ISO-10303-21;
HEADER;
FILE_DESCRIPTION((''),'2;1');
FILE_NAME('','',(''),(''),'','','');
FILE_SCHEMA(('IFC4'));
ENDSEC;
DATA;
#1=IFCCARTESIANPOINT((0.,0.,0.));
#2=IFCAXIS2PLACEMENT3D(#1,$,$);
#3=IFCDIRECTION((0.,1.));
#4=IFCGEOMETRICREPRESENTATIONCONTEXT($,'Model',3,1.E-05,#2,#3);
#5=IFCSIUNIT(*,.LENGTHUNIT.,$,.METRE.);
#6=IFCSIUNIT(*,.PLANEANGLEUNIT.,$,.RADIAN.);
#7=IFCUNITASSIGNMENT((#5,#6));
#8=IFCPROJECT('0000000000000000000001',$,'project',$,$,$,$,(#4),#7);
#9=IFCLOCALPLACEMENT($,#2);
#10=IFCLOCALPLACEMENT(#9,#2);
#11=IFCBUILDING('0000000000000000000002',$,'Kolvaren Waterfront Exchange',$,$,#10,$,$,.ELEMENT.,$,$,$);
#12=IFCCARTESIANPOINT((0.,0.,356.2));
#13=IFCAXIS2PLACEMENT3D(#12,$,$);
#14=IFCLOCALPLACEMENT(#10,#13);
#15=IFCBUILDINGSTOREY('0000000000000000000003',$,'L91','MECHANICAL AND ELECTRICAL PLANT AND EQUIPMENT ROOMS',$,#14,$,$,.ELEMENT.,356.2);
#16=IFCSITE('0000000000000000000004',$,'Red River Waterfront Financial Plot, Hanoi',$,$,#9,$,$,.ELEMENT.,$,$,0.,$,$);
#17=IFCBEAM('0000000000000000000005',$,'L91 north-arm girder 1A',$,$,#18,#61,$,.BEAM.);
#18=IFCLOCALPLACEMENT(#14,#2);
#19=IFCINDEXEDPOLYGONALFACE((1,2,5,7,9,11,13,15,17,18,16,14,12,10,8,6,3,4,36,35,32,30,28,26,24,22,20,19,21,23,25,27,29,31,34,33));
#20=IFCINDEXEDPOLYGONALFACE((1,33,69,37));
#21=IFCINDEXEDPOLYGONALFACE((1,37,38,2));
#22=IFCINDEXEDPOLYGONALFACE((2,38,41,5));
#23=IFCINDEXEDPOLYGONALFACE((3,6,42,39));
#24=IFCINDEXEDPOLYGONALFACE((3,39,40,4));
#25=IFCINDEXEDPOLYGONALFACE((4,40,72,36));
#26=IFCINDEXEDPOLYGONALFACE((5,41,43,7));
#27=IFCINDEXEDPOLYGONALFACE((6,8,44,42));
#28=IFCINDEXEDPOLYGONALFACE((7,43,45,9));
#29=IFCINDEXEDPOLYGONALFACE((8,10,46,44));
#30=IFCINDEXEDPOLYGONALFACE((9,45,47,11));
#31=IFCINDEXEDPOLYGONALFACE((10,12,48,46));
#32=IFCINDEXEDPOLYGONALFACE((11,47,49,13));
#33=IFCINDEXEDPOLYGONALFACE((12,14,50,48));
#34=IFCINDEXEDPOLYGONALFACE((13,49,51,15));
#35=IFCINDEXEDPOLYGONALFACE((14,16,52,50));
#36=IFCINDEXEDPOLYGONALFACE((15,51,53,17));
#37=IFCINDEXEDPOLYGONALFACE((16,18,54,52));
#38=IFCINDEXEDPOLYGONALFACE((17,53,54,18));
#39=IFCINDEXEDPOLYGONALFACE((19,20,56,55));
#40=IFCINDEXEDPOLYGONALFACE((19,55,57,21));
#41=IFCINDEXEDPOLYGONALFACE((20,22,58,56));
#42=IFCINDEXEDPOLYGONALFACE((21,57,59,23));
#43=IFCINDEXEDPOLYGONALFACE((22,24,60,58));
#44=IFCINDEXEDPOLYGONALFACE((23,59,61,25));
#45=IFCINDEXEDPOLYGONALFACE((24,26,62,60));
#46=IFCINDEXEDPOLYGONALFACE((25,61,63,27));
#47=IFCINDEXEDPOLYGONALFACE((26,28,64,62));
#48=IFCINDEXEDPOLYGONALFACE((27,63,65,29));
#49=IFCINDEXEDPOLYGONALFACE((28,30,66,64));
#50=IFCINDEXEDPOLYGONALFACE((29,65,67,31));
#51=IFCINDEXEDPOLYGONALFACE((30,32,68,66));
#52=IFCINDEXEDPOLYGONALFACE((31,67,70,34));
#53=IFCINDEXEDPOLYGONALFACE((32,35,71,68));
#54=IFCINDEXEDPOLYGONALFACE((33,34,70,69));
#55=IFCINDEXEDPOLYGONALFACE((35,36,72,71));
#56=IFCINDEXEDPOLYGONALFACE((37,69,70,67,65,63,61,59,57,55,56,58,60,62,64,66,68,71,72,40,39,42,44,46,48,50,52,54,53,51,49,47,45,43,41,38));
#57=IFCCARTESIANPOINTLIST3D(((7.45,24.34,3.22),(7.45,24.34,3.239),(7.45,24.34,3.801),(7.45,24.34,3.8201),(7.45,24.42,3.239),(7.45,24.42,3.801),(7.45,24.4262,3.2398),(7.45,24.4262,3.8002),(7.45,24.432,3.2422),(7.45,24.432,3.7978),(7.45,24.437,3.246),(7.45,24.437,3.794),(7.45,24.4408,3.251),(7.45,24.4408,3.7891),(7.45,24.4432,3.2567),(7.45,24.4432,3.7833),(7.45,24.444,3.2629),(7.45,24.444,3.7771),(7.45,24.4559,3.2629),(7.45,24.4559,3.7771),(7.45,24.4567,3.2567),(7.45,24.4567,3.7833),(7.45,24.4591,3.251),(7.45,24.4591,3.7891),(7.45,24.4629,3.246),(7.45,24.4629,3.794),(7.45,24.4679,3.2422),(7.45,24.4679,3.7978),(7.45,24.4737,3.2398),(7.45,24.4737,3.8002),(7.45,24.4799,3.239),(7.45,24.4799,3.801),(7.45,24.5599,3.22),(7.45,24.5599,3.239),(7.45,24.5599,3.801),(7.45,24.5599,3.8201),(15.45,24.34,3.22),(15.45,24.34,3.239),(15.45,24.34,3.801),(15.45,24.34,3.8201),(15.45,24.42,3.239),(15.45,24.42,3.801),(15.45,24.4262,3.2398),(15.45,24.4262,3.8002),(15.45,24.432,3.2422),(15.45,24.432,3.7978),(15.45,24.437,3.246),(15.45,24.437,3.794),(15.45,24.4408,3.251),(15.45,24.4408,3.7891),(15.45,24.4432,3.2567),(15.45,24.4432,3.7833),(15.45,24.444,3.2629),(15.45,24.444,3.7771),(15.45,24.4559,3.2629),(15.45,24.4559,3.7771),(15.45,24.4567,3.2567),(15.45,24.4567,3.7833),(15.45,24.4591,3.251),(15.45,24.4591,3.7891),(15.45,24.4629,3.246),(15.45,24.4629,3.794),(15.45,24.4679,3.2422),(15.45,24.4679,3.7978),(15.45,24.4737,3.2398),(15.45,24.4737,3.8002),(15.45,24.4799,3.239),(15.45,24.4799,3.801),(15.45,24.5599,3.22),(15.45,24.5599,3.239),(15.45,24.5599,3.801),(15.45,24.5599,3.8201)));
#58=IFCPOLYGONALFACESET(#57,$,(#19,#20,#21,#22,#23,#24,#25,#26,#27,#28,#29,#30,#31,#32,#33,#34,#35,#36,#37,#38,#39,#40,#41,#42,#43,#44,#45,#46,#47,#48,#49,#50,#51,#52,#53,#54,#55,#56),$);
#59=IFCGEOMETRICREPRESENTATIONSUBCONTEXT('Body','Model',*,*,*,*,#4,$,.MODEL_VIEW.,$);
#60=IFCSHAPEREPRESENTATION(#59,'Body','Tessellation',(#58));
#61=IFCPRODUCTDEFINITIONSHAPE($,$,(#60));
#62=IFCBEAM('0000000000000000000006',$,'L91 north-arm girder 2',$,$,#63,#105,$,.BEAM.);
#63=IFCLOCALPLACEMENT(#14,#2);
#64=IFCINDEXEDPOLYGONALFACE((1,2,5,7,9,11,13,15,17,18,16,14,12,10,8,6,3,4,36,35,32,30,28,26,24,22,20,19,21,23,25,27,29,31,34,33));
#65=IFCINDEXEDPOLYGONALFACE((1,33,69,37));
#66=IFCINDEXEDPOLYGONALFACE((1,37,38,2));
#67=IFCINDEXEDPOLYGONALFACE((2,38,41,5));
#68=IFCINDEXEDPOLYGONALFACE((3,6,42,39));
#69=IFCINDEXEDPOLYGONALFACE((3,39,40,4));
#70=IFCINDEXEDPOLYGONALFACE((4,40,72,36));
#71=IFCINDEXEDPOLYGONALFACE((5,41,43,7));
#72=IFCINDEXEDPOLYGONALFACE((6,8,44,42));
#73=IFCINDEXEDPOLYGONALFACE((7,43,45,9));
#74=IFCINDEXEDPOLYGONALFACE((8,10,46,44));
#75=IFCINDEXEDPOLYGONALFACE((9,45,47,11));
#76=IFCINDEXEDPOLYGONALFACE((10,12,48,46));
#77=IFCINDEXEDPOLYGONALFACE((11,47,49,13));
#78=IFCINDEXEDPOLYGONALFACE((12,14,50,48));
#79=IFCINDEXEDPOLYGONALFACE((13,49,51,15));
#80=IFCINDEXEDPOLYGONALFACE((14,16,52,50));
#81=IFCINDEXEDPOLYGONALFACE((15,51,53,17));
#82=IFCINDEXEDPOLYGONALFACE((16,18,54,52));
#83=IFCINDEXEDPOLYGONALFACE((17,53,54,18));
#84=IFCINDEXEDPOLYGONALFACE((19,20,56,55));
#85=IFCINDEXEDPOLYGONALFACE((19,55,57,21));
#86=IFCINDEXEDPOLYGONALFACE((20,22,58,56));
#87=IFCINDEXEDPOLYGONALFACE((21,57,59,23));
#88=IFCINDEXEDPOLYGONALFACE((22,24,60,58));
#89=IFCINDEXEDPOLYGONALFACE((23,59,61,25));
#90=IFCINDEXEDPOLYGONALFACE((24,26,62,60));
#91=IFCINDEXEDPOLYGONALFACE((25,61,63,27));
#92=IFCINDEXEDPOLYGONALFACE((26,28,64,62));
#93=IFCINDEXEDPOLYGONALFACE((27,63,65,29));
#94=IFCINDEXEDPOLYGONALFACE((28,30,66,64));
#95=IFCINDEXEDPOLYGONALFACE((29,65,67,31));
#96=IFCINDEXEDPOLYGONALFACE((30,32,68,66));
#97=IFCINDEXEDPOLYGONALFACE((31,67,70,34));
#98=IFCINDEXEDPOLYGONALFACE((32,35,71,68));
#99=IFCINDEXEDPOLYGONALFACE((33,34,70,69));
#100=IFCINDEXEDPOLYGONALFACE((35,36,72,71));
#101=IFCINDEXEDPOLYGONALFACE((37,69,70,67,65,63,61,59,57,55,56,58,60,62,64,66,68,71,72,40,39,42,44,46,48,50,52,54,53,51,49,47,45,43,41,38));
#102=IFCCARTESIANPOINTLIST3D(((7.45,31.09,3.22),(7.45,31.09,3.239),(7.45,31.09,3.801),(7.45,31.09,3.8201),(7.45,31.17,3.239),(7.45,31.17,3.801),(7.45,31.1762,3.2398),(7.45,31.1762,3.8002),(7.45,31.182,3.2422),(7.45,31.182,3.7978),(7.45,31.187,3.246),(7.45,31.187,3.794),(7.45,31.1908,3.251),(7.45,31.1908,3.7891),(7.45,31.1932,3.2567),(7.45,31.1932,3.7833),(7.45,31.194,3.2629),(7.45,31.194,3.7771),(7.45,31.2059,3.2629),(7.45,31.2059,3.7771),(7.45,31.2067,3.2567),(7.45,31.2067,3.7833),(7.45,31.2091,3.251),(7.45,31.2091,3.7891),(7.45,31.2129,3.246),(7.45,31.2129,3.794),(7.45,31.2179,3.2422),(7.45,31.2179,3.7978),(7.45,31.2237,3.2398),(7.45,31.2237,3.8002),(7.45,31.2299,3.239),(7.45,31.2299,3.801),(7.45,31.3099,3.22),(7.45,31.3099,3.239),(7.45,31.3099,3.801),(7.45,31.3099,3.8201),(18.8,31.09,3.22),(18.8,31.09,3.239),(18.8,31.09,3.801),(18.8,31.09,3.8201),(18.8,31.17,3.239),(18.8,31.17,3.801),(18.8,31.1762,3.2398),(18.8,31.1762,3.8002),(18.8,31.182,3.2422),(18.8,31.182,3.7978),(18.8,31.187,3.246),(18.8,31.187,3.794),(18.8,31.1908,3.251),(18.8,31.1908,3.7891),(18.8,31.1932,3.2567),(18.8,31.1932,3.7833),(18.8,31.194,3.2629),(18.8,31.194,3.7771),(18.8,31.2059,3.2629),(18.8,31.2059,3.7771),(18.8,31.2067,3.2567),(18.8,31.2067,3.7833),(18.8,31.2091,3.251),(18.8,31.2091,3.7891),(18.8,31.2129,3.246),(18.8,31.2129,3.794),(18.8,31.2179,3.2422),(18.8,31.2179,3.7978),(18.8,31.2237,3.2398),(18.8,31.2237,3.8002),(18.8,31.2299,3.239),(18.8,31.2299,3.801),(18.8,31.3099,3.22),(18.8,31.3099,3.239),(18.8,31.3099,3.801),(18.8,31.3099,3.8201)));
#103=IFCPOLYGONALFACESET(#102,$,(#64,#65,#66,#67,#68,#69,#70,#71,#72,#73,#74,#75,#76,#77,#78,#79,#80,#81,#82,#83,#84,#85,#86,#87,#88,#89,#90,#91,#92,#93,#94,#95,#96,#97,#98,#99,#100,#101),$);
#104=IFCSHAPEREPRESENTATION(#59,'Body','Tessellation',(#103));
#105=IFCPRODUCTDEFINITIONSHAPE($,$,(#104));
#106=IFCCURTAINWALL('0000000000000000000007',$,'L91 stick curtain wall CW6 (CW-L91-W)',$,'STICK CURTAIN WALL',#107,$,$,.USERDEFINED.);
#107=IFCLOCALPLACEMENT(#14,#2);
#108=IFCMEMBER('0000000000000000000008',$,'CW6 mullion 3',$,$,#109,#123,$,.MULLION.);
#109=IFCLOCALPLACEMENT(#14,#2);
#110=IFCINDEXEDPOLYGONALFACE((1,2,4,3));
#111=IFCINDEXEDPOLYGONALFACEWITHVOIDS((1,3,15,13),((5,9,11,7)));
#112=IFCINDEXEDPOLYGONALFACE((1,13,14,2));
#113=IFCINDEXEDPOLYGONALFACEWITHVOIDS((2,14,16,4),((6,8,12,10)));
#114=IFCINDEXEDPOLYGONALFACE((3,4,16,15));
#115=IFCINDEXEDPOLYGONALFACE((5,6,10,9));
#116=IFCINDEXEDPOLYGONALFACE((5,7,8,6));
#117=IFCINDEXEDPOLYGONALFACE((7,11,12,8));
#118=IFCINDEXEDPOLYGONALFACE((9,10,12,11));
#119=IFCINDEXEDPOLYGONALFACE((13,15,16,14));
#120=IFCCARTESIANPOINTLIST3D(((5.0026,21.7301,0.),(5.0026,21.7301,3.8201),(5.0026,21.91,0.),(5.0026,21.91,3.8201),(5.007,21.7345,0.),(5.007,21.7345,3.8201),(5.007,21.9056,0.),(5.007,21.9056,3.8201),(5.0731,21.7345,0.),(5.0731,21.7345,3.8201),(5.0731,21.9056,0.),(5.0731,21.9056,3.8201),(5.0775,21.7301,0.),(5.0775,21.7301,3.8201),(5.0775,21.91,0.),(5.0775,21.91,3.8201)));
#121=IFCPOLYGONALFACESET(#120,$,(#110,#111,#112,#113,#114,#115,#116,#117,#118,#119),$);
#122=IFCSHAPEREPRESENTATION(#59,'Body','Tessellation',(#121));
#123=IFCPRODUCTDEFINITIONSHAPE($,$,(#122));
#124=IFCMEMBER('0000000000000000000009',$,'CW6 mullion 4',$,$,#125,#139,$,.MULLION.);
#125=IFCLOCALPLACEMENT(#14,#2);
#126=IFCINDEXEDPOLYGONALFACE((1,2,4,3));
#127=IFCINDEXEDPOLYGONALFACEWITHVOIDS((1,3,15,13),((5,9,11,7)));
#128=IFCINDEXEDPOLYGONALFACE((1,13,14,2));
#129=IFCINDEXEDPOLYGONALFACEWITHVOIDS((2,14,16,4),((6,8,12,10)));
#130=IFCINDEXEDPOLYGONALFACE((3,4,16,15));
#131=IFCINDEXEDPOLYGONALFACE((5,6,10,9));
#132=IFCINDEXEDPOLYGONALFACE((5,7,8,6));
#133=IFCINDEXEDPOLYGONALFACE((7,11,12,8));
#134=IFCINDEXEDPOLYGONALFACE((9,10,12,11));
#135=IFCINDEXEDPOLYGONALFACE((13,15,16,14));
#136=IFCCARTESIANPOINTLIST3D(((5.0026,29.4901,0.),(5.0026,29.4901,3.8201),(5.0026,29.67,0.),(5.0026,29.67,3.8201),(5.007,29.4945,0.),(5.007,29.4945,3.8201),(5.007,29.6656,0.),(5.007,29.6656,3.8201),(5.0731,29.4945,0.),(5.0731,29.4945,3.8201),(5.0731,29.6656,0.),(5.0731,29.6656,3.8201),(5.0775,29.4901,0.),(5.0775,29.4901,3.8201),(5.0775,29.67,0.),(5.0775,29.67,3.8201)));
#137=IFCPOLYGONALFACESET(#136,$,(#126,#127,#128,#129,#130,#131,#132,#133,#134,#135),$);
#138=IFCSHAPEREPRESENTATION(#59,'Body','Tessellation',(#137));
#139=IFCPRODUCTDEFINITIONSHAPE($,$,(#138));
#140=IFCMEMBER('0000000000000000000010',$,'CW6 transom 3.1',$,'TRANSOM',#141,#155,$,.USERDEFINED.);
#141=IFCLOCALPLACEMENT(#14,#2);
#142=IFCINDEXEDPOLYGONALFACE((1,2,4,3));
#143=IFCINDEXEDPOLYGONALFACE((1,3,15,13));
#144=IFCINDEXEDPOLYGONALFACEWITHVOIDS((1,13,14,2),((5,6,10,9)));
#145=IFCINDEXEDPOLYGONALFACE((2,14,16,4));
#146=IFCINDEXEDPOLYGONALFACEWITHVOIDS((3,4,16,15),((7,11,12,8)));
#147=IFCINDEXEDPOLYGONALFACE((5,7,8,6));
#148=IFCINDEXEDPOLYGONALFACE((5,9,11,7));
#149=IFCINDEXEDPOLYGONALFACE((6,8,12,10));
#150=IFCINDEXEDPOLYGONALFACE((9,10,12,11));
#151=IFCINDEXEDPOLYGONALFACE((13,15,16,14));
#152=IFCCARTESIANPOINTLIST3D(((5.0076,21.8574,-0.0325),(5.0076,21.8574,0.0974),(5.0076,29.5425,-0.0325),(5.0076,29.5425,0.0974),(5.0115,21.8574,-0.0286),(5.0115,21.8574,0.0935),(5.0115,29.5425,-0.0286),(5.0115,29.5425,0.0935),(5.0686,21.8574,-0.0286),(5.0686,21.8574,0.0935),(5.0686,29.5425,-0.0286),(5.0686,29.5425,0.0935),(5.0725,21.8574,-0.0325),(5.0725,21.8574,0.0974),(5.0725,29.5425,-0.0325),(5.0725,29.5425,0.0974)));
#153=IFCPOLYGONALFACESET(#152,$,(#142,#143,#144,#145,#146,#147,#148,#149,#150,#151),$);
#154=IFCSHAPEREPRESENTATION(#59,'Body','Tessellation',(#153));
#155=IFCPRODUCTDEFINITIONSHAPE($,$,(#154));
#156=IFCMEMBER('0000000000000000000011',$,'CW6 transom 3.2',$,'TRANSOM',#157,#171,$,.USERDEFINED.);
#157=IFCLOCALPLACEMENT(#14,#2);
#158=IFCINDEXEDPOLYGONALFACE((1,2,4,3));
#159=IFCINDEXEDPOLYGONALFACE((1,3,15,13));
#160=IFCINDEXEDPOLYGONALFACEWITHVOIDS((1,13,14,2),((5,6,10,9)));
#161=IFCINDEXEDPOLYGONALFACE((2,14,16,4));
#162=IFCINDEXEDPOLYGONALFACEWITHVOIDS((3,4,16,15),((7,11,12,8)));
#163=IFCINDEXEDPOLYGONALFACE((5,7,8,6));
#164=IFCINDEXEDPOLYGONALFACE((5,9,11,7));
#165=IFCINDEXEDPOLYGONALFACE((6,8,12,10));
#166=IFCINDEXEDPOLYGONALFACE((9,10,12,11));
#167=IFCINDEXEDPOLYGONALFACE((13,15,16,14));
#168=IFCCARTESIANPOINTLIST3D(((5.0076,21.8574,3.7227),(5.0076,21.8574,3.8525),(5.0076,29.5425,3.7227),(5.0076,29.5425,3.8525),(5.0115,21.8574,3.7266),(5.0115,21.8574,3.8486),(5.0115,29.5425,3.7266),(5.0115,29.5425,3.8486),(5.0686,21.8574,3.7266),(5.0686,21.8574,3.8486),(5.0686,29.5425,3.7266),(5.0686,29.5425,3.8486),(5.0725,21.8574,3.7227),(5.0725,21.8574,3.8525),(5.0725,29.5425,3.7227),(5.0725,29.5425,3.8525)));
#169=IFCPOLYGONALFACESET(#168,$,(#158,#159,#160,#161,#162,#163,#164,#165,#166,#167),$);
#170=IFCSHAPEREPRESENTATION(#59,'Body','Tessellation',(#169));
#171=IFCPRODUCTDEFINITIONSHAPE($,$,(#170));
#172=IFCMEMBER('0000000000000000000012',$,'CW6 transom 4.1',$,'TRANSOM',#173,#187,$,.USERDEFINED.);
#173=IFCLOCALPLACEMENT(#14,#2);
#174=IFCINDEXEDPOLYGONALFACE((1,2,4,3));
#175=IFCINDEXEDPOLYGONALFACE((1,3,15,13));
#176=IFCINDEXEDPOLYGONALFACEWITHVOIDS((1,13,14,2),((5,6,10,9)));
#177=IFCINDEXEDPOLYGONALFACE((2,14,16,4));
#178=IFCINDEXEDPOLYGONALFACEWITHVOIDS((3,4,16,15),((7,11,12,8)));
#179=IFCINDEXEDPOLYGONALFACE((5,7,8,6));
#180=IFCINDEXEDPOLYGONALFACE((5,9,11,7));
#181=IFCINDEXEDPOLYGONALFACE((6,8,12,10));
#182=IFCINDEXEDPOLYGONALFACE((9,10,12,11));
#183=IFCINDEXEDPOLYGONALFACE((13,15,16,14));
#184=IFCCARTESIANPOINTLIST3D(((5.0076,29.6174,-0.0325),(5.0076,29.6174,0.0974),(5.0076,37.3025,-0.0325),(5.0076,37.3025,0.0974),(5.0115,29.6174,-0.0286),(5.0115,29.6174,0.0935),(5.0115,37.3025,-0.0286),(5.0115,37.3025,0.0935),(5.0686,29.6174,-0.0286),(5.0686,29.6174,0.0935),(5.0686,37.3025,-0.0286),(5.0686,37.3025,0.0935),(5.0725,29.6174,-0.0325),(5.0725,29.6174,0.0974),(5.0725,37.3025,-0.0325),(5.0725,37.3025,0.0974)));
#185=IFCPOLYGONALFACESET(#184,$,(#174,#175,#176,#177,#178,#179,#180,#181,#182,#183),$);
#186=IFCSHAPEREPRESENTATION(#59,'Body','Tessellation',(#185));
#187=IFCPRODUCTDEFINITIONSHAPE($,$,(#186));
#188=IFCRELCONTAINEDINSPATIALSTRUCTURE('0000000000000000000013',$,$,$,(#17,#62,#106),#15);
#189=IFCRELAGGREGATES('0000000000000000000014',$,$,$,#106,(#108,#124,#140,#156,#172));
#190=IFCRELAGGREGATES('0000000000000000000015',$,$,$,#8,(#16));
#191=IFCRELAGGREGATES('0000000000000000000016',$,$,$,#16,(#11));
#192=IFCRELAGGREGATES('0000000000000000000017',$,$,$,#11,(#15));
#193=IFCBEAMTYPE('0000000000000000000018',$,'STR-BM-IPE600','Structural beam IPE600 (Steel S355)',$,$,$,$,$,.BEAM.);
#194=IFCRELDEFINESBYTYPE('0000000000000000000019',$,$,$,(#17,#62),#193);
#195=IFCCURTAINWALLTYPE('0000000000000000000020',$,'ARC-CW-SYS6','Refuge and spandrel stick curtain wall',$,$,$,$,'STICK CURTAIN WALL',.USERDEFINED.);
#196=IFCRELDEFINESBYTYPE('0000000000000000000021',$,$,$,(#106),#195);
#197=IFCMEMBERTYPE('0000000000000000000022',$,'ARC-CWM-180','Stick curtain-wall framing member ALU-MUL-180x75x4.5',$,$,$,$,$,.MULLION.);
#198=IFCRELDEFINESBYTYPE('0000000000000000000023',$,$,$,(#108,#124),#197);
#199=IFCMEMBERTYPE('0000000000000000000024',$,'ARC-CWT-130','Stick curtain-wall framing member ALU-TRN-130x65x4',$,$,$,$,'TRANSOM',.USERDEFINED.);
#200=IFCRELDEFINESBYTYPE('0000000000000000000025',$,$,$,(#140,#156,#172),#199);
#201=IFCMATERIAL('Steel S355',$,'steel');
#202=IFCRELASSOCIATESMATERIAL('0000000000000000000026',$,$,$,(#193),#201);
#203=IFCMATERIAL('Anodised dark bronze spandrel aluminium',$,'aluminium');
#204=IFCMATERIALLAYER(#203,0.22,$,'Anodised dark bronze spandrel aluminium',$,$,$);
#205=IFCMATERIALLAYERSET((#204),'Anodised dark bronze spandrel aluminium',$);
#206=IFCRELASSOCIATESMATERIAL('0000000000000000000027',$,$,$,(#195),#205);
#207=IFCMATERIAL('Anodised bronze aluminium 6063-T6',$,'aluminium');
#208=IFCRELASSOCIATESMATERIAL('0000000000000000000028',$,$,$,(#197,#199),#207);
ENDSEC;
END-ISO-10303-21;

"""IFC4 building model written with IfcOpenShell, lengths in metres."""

from ifc_helpers import new_model, si_unit, direction, frame, origin, origin_with_axes, origin_2d, place, context, subcontext, project, spatial, hollow_rectangle, i_section, extrude, source, transform, mapped, material, layer, layer_set, material_profile, profile_set, type_object, element, aggregate, save


model = new_model("IFC4")

# Units and contexts
model_context = context("Model", 3, precision=1e-05, world=origin(), true_north=direction((0.0, 1.0)))
body_context = subcontext(model_context, "Body", "Model", "MODEL_VIEW")
ifc_project = project(units=[si_unit("LENGTHUNIT", "METRE"), si_unit("PLANEANGLEUNIT", "RADIAN")], contexts=[model_context])

# Site, building, storey
site_placement = place(None, origin())
site = spatial("IfcSite", under=ifc_project, at=site_placement, Name="Red River Waterfront Financial Plot, Hanoi", CompositionType="ELEMENT", RefElevation=0.0)
building_placement = place(site_placement, origin())
building = spatial("IfcBuilding", under=site, at=building_placement, Name="Kolvaren Waterfront Exchange", CompositionType="ELEMENT")
storey_placement = place(building_placement, frame((0.0, 0.0, 356.2)))
storey = spatial("IfcBuildingStorey", under=building, at=storey_placement, Name="L91", Description="MECHANICAL AND ELECTRICAL PLANT AND EQUIPMENT ROOMS", CompositionType="ELEMENT", Elevation=356.2)

# Beams
ifc_material_1 = material(Name="Steel S355", Category="steel")
ifc_material_profile_1 = material_profile(ifc_material_1, i_section(OverallWidth=0.22, OverallDepth=0.6001, WebThickness=0.012, FlangeThickness=0.019, FilletRadius=0.0239, at=origin_2d()), Name="IPE600")
ifc_profile_set_1 = profile_set([ifc_material_profile_1], Name="Steel S355")
beam_type_1 = type_object("IfcBeamType", Name="STR-BM-IPE600", Description="Structural beam IPE600 (Steel S355)", PredefinedType="BEAM", material=ifc_profile_set_1)
beam_1_placement = place(storey_placement, frame((7.45, 24.45, 3.52), z_axis=(1.0, 0.0, 0.0), x_axis=(0.0, 1.0, 0.0)))
element("IfcBeam", 1, at=beam_1_placement, inside=storey, type_object=beam_type_1, Name="L91 north-arm girder 1A", PredefinedType="BEAM", context=body_context, shape_type="SweptSolid", body=[
    extrude(i_section(OverallWidth=0.22, OverallDepth=0.6001, WebThickness=0.012, FlangeThickness=0.019, FilletRadius=0.0239, at=origin_2d()), origin(), (0.0, 0.0, 1.0), 8.0),
])
beam_2_placement = place(storey_placement, frame((7.45, 31.2, 3.52), z_axis=(1.0, 0.0, 0.0), x_axis=(0.0, 1.0, 0.0)))
element("IfcBeam", 2, at=beam_2_placement, inside=storey, type_object=beam_type_1, Name="L91 north-arm girder 2", PredefinedType="BEAM", context=body_context, shape_type="SweptSolid", body=[
    extrude(i_section(OverallWidth=0.22, OverallDepth=0.6001, WebThickness=0.012, FlangeThickness=0.019, FilletRadius=0.0239, at=origin_2d()), origin(), (0.0, 0.0, 1.0), 11.3501),
])

# Curtain wall, members
ifc_material_2 = material(Name="Anodised dark bronze spandrel aluminium", Category="aluminium")
ifc_layer_1 = layer(ifc_material_2, 0.22, Name="Anodised dark bronze spandrel aluminium")
ifc_layer_set_1 = layer_set([ifc_layer_1], Name="Anodised dark bronze spandrel aluminium")
curtain_wall_type = type_object("IfcCurtainWallType", Name="ARC-CW-SYS6", Description="Refuge and spandrel stick curtain wall", ElementType="STICK CURTAIN WALL", PredefinedType="USERDEFINED", material=ifc_layer_set_1)
curtain_wall_placement = place(storey_placement, origin())
curtain_wall = element("IfcCurtainWall", 3, at=curtain_wall_placement, inside=storey, type_object=curtain_wall_type, Name="L91 stick curtain wall CW6 (CW-L91-W)", ObjectType="STICK CURTAIN WALL", PredefinedType="USERDEFINED")
ifc_material_3 = material(Name="Anodised bronze aluminium 6063-T6", Category="aluminium")
ifc_material_profile_2 = material_profile(ifc_material_3, hollow_rectangle(XDim=0.075, YDim=0.1799, WallThickness=0.0044, at=origin_2d()), Name="ALU-MUL-180x75x4.5")
ifc_profile_set_2 = profile_set([ifc_material_profile_2], Name="Anodised bronze aluminium 6063-T6")
member_type_1 = type_object("IfcMemberType", Name="ARC-CWM-180", Description="Stick curtain-wall framing member ALU-MUL-180x75x4.5", PredefinedType="MULLION", material=ifc_profile_set_2)
shared_shape_1 = source(origin_with_axes(), body_context, "Body", "SweptSolid", [
    extrude(hollow_rectangle(XDim=0.075, YDim=0.1799, WallThickness=0.0044, at=origin_2d()), origin(), (0.0, 0.0, 1.0), 3.8201),
])
member_1_placement = place(storey_placement, frame((5.04, 21.8201, 0.0), z_axis=(0.0, 0.0, 1.0), x_axis=(-1.0, 0.0, 0.0)))
member_1 = element("IfcMember", 4, at=member_1_placement, type_object=member_type_1, Name="CW6 mullion 3", PredefinedType="MULLION", context=body_context, shape_type="MappedRepresentation", body=[
    mapped(shared_shape_1, transform((0.0, 0.0, 0.0), x_axis=(1.0, 0.0, 0.0), y_axis=(0.0, 1.0, 0.0), z_axis=(0.0, 0.0, 1.0), scale=1.0)),
])
member_2_placement = place(storey_placement, frame((5.04, 29.5801, 0.0), z_axis=(0.0, 0.0, 1.0), x_axis=(-1.0, 0.0, 0.0)))
member_2 = element("IfcMember", 5, at=member_2_placement, type_object=member_type_1, Name="CW6 mullion 4", PredefinedType="MULLION", context=body_context, shape_type="MappedRepresentation", body=[
    mapped(shared_shape_1, transform((0.0, 0.0, 0.0), x_axis=(1.0, 0.0, 0.0), y_axis=(0.0, 1.0, 0.0), z_axis=(0.0, 0.0, 1.0), scale=1.0)),
])
ifc_material_profile_3 = material_profile(ifc_material_3, hollow_rectangle(XDim=0.0649, YDim=0.1299, WallThickness=0.0039, at=origin_2d()), Name="ALU-TRN-130x65x4")
ifc_profile_set_3 = profile_set([ifc_material_profile_3], Name="Anodised bronze aluminium 6063-T6")
member_type_2 = type_object("IfcMemberType", Name="ARC-CWT-130", Description="Stick curtain-wall framing member ALU-TRN-130x65x4", ElementType="TRANSOM", PredefinedType="USERDEFINED", material=ifc_profile_set_3)
shared_shape_2 = source(origin_with_axes(), body_context, "Body", "SweptSolid", [
    extrude(hollow_rectangle(XDim=0.0649, YDim=0.1299, WallThickness=0.0039, at=origin_2d()), origin(), (0.0, 0.0, 1.0), 7.6851),
])
member_3_placement = place(storey_placement, frame((5.04, 21.8574, 0.0325), z_axis=(0.0, 1.0, 0.0), x_axis=(-1.0, 0.0, 0.0)))
member_3 = element("IfcMember", 6, at=member_3_placement, type_object=member_type_2, Name="CW6 transom 3.1", ObjectType="TRANSOM", PredefinedType="USERDEFINED", context=body_context, shape_type="MappedRepresentation", body=[
    mapped(shared_shape_2, transform((0.0, 0.0, 0.0), x_axis=(1.0, 0.0, 0.0), y_axis=(0.0, 1.0, 0.0), z_axis=(0.0, 0.0, 1.0), scale=1.0)),
])
member_4_placement = place(storey_placement, frame((5.04, 21.8574, 3.7876), z_axis=(0.0, 1.0, 0.0), x_axis=(-1.0, 0.0, 0.0)))
member_4 = element("IfcMember", 7, at=member_4_placement, type_object=member_type_2, Name="CW6 transom 3.2", ObjectType="TRANSOM", PredefinedType="USERDEFINED", context=body_context, shape_type="MappedRepresentation", body=[
    mapped(shared_shape_2, transform((0.0, 0.0, 0.0), x_axis=(1.0, 0.0, 0.0), y_axis=(0.0, 1.0, 0.0), z_axis=(0.0, 0.0, 1.0), scale=1.0)),
])
member_5_placement = place(storey_placement, frame((5.04, 29.6174, 0.0325), z_axis=(0.0, 1.0, 0.0), x_axis=(-1.0, 0.0, 0.0)))
member_5 = element("IfcMember", 8, at=member_5_placement, type_object=member_type_2, Name="CW6 transom 4.1", ObjectType="TRANSOM", PredefinedType="USERDEFINED", context=body_context, shape_type="MappedRepresentation", body=[
    mapped(shared_shape_2, transform((0.0, 0.0, 0.0), x_axis=(1.0, 0.0, 0.0), y_axis=(0.0, 1.0, 0.0), z_axis=(0.0, 0.0, 1.0), scale=1.0)),
])
aggregate(curtain_wall, [member_1, member_2, member_3, member_4, member_5])

save(model, "model.ifc")
